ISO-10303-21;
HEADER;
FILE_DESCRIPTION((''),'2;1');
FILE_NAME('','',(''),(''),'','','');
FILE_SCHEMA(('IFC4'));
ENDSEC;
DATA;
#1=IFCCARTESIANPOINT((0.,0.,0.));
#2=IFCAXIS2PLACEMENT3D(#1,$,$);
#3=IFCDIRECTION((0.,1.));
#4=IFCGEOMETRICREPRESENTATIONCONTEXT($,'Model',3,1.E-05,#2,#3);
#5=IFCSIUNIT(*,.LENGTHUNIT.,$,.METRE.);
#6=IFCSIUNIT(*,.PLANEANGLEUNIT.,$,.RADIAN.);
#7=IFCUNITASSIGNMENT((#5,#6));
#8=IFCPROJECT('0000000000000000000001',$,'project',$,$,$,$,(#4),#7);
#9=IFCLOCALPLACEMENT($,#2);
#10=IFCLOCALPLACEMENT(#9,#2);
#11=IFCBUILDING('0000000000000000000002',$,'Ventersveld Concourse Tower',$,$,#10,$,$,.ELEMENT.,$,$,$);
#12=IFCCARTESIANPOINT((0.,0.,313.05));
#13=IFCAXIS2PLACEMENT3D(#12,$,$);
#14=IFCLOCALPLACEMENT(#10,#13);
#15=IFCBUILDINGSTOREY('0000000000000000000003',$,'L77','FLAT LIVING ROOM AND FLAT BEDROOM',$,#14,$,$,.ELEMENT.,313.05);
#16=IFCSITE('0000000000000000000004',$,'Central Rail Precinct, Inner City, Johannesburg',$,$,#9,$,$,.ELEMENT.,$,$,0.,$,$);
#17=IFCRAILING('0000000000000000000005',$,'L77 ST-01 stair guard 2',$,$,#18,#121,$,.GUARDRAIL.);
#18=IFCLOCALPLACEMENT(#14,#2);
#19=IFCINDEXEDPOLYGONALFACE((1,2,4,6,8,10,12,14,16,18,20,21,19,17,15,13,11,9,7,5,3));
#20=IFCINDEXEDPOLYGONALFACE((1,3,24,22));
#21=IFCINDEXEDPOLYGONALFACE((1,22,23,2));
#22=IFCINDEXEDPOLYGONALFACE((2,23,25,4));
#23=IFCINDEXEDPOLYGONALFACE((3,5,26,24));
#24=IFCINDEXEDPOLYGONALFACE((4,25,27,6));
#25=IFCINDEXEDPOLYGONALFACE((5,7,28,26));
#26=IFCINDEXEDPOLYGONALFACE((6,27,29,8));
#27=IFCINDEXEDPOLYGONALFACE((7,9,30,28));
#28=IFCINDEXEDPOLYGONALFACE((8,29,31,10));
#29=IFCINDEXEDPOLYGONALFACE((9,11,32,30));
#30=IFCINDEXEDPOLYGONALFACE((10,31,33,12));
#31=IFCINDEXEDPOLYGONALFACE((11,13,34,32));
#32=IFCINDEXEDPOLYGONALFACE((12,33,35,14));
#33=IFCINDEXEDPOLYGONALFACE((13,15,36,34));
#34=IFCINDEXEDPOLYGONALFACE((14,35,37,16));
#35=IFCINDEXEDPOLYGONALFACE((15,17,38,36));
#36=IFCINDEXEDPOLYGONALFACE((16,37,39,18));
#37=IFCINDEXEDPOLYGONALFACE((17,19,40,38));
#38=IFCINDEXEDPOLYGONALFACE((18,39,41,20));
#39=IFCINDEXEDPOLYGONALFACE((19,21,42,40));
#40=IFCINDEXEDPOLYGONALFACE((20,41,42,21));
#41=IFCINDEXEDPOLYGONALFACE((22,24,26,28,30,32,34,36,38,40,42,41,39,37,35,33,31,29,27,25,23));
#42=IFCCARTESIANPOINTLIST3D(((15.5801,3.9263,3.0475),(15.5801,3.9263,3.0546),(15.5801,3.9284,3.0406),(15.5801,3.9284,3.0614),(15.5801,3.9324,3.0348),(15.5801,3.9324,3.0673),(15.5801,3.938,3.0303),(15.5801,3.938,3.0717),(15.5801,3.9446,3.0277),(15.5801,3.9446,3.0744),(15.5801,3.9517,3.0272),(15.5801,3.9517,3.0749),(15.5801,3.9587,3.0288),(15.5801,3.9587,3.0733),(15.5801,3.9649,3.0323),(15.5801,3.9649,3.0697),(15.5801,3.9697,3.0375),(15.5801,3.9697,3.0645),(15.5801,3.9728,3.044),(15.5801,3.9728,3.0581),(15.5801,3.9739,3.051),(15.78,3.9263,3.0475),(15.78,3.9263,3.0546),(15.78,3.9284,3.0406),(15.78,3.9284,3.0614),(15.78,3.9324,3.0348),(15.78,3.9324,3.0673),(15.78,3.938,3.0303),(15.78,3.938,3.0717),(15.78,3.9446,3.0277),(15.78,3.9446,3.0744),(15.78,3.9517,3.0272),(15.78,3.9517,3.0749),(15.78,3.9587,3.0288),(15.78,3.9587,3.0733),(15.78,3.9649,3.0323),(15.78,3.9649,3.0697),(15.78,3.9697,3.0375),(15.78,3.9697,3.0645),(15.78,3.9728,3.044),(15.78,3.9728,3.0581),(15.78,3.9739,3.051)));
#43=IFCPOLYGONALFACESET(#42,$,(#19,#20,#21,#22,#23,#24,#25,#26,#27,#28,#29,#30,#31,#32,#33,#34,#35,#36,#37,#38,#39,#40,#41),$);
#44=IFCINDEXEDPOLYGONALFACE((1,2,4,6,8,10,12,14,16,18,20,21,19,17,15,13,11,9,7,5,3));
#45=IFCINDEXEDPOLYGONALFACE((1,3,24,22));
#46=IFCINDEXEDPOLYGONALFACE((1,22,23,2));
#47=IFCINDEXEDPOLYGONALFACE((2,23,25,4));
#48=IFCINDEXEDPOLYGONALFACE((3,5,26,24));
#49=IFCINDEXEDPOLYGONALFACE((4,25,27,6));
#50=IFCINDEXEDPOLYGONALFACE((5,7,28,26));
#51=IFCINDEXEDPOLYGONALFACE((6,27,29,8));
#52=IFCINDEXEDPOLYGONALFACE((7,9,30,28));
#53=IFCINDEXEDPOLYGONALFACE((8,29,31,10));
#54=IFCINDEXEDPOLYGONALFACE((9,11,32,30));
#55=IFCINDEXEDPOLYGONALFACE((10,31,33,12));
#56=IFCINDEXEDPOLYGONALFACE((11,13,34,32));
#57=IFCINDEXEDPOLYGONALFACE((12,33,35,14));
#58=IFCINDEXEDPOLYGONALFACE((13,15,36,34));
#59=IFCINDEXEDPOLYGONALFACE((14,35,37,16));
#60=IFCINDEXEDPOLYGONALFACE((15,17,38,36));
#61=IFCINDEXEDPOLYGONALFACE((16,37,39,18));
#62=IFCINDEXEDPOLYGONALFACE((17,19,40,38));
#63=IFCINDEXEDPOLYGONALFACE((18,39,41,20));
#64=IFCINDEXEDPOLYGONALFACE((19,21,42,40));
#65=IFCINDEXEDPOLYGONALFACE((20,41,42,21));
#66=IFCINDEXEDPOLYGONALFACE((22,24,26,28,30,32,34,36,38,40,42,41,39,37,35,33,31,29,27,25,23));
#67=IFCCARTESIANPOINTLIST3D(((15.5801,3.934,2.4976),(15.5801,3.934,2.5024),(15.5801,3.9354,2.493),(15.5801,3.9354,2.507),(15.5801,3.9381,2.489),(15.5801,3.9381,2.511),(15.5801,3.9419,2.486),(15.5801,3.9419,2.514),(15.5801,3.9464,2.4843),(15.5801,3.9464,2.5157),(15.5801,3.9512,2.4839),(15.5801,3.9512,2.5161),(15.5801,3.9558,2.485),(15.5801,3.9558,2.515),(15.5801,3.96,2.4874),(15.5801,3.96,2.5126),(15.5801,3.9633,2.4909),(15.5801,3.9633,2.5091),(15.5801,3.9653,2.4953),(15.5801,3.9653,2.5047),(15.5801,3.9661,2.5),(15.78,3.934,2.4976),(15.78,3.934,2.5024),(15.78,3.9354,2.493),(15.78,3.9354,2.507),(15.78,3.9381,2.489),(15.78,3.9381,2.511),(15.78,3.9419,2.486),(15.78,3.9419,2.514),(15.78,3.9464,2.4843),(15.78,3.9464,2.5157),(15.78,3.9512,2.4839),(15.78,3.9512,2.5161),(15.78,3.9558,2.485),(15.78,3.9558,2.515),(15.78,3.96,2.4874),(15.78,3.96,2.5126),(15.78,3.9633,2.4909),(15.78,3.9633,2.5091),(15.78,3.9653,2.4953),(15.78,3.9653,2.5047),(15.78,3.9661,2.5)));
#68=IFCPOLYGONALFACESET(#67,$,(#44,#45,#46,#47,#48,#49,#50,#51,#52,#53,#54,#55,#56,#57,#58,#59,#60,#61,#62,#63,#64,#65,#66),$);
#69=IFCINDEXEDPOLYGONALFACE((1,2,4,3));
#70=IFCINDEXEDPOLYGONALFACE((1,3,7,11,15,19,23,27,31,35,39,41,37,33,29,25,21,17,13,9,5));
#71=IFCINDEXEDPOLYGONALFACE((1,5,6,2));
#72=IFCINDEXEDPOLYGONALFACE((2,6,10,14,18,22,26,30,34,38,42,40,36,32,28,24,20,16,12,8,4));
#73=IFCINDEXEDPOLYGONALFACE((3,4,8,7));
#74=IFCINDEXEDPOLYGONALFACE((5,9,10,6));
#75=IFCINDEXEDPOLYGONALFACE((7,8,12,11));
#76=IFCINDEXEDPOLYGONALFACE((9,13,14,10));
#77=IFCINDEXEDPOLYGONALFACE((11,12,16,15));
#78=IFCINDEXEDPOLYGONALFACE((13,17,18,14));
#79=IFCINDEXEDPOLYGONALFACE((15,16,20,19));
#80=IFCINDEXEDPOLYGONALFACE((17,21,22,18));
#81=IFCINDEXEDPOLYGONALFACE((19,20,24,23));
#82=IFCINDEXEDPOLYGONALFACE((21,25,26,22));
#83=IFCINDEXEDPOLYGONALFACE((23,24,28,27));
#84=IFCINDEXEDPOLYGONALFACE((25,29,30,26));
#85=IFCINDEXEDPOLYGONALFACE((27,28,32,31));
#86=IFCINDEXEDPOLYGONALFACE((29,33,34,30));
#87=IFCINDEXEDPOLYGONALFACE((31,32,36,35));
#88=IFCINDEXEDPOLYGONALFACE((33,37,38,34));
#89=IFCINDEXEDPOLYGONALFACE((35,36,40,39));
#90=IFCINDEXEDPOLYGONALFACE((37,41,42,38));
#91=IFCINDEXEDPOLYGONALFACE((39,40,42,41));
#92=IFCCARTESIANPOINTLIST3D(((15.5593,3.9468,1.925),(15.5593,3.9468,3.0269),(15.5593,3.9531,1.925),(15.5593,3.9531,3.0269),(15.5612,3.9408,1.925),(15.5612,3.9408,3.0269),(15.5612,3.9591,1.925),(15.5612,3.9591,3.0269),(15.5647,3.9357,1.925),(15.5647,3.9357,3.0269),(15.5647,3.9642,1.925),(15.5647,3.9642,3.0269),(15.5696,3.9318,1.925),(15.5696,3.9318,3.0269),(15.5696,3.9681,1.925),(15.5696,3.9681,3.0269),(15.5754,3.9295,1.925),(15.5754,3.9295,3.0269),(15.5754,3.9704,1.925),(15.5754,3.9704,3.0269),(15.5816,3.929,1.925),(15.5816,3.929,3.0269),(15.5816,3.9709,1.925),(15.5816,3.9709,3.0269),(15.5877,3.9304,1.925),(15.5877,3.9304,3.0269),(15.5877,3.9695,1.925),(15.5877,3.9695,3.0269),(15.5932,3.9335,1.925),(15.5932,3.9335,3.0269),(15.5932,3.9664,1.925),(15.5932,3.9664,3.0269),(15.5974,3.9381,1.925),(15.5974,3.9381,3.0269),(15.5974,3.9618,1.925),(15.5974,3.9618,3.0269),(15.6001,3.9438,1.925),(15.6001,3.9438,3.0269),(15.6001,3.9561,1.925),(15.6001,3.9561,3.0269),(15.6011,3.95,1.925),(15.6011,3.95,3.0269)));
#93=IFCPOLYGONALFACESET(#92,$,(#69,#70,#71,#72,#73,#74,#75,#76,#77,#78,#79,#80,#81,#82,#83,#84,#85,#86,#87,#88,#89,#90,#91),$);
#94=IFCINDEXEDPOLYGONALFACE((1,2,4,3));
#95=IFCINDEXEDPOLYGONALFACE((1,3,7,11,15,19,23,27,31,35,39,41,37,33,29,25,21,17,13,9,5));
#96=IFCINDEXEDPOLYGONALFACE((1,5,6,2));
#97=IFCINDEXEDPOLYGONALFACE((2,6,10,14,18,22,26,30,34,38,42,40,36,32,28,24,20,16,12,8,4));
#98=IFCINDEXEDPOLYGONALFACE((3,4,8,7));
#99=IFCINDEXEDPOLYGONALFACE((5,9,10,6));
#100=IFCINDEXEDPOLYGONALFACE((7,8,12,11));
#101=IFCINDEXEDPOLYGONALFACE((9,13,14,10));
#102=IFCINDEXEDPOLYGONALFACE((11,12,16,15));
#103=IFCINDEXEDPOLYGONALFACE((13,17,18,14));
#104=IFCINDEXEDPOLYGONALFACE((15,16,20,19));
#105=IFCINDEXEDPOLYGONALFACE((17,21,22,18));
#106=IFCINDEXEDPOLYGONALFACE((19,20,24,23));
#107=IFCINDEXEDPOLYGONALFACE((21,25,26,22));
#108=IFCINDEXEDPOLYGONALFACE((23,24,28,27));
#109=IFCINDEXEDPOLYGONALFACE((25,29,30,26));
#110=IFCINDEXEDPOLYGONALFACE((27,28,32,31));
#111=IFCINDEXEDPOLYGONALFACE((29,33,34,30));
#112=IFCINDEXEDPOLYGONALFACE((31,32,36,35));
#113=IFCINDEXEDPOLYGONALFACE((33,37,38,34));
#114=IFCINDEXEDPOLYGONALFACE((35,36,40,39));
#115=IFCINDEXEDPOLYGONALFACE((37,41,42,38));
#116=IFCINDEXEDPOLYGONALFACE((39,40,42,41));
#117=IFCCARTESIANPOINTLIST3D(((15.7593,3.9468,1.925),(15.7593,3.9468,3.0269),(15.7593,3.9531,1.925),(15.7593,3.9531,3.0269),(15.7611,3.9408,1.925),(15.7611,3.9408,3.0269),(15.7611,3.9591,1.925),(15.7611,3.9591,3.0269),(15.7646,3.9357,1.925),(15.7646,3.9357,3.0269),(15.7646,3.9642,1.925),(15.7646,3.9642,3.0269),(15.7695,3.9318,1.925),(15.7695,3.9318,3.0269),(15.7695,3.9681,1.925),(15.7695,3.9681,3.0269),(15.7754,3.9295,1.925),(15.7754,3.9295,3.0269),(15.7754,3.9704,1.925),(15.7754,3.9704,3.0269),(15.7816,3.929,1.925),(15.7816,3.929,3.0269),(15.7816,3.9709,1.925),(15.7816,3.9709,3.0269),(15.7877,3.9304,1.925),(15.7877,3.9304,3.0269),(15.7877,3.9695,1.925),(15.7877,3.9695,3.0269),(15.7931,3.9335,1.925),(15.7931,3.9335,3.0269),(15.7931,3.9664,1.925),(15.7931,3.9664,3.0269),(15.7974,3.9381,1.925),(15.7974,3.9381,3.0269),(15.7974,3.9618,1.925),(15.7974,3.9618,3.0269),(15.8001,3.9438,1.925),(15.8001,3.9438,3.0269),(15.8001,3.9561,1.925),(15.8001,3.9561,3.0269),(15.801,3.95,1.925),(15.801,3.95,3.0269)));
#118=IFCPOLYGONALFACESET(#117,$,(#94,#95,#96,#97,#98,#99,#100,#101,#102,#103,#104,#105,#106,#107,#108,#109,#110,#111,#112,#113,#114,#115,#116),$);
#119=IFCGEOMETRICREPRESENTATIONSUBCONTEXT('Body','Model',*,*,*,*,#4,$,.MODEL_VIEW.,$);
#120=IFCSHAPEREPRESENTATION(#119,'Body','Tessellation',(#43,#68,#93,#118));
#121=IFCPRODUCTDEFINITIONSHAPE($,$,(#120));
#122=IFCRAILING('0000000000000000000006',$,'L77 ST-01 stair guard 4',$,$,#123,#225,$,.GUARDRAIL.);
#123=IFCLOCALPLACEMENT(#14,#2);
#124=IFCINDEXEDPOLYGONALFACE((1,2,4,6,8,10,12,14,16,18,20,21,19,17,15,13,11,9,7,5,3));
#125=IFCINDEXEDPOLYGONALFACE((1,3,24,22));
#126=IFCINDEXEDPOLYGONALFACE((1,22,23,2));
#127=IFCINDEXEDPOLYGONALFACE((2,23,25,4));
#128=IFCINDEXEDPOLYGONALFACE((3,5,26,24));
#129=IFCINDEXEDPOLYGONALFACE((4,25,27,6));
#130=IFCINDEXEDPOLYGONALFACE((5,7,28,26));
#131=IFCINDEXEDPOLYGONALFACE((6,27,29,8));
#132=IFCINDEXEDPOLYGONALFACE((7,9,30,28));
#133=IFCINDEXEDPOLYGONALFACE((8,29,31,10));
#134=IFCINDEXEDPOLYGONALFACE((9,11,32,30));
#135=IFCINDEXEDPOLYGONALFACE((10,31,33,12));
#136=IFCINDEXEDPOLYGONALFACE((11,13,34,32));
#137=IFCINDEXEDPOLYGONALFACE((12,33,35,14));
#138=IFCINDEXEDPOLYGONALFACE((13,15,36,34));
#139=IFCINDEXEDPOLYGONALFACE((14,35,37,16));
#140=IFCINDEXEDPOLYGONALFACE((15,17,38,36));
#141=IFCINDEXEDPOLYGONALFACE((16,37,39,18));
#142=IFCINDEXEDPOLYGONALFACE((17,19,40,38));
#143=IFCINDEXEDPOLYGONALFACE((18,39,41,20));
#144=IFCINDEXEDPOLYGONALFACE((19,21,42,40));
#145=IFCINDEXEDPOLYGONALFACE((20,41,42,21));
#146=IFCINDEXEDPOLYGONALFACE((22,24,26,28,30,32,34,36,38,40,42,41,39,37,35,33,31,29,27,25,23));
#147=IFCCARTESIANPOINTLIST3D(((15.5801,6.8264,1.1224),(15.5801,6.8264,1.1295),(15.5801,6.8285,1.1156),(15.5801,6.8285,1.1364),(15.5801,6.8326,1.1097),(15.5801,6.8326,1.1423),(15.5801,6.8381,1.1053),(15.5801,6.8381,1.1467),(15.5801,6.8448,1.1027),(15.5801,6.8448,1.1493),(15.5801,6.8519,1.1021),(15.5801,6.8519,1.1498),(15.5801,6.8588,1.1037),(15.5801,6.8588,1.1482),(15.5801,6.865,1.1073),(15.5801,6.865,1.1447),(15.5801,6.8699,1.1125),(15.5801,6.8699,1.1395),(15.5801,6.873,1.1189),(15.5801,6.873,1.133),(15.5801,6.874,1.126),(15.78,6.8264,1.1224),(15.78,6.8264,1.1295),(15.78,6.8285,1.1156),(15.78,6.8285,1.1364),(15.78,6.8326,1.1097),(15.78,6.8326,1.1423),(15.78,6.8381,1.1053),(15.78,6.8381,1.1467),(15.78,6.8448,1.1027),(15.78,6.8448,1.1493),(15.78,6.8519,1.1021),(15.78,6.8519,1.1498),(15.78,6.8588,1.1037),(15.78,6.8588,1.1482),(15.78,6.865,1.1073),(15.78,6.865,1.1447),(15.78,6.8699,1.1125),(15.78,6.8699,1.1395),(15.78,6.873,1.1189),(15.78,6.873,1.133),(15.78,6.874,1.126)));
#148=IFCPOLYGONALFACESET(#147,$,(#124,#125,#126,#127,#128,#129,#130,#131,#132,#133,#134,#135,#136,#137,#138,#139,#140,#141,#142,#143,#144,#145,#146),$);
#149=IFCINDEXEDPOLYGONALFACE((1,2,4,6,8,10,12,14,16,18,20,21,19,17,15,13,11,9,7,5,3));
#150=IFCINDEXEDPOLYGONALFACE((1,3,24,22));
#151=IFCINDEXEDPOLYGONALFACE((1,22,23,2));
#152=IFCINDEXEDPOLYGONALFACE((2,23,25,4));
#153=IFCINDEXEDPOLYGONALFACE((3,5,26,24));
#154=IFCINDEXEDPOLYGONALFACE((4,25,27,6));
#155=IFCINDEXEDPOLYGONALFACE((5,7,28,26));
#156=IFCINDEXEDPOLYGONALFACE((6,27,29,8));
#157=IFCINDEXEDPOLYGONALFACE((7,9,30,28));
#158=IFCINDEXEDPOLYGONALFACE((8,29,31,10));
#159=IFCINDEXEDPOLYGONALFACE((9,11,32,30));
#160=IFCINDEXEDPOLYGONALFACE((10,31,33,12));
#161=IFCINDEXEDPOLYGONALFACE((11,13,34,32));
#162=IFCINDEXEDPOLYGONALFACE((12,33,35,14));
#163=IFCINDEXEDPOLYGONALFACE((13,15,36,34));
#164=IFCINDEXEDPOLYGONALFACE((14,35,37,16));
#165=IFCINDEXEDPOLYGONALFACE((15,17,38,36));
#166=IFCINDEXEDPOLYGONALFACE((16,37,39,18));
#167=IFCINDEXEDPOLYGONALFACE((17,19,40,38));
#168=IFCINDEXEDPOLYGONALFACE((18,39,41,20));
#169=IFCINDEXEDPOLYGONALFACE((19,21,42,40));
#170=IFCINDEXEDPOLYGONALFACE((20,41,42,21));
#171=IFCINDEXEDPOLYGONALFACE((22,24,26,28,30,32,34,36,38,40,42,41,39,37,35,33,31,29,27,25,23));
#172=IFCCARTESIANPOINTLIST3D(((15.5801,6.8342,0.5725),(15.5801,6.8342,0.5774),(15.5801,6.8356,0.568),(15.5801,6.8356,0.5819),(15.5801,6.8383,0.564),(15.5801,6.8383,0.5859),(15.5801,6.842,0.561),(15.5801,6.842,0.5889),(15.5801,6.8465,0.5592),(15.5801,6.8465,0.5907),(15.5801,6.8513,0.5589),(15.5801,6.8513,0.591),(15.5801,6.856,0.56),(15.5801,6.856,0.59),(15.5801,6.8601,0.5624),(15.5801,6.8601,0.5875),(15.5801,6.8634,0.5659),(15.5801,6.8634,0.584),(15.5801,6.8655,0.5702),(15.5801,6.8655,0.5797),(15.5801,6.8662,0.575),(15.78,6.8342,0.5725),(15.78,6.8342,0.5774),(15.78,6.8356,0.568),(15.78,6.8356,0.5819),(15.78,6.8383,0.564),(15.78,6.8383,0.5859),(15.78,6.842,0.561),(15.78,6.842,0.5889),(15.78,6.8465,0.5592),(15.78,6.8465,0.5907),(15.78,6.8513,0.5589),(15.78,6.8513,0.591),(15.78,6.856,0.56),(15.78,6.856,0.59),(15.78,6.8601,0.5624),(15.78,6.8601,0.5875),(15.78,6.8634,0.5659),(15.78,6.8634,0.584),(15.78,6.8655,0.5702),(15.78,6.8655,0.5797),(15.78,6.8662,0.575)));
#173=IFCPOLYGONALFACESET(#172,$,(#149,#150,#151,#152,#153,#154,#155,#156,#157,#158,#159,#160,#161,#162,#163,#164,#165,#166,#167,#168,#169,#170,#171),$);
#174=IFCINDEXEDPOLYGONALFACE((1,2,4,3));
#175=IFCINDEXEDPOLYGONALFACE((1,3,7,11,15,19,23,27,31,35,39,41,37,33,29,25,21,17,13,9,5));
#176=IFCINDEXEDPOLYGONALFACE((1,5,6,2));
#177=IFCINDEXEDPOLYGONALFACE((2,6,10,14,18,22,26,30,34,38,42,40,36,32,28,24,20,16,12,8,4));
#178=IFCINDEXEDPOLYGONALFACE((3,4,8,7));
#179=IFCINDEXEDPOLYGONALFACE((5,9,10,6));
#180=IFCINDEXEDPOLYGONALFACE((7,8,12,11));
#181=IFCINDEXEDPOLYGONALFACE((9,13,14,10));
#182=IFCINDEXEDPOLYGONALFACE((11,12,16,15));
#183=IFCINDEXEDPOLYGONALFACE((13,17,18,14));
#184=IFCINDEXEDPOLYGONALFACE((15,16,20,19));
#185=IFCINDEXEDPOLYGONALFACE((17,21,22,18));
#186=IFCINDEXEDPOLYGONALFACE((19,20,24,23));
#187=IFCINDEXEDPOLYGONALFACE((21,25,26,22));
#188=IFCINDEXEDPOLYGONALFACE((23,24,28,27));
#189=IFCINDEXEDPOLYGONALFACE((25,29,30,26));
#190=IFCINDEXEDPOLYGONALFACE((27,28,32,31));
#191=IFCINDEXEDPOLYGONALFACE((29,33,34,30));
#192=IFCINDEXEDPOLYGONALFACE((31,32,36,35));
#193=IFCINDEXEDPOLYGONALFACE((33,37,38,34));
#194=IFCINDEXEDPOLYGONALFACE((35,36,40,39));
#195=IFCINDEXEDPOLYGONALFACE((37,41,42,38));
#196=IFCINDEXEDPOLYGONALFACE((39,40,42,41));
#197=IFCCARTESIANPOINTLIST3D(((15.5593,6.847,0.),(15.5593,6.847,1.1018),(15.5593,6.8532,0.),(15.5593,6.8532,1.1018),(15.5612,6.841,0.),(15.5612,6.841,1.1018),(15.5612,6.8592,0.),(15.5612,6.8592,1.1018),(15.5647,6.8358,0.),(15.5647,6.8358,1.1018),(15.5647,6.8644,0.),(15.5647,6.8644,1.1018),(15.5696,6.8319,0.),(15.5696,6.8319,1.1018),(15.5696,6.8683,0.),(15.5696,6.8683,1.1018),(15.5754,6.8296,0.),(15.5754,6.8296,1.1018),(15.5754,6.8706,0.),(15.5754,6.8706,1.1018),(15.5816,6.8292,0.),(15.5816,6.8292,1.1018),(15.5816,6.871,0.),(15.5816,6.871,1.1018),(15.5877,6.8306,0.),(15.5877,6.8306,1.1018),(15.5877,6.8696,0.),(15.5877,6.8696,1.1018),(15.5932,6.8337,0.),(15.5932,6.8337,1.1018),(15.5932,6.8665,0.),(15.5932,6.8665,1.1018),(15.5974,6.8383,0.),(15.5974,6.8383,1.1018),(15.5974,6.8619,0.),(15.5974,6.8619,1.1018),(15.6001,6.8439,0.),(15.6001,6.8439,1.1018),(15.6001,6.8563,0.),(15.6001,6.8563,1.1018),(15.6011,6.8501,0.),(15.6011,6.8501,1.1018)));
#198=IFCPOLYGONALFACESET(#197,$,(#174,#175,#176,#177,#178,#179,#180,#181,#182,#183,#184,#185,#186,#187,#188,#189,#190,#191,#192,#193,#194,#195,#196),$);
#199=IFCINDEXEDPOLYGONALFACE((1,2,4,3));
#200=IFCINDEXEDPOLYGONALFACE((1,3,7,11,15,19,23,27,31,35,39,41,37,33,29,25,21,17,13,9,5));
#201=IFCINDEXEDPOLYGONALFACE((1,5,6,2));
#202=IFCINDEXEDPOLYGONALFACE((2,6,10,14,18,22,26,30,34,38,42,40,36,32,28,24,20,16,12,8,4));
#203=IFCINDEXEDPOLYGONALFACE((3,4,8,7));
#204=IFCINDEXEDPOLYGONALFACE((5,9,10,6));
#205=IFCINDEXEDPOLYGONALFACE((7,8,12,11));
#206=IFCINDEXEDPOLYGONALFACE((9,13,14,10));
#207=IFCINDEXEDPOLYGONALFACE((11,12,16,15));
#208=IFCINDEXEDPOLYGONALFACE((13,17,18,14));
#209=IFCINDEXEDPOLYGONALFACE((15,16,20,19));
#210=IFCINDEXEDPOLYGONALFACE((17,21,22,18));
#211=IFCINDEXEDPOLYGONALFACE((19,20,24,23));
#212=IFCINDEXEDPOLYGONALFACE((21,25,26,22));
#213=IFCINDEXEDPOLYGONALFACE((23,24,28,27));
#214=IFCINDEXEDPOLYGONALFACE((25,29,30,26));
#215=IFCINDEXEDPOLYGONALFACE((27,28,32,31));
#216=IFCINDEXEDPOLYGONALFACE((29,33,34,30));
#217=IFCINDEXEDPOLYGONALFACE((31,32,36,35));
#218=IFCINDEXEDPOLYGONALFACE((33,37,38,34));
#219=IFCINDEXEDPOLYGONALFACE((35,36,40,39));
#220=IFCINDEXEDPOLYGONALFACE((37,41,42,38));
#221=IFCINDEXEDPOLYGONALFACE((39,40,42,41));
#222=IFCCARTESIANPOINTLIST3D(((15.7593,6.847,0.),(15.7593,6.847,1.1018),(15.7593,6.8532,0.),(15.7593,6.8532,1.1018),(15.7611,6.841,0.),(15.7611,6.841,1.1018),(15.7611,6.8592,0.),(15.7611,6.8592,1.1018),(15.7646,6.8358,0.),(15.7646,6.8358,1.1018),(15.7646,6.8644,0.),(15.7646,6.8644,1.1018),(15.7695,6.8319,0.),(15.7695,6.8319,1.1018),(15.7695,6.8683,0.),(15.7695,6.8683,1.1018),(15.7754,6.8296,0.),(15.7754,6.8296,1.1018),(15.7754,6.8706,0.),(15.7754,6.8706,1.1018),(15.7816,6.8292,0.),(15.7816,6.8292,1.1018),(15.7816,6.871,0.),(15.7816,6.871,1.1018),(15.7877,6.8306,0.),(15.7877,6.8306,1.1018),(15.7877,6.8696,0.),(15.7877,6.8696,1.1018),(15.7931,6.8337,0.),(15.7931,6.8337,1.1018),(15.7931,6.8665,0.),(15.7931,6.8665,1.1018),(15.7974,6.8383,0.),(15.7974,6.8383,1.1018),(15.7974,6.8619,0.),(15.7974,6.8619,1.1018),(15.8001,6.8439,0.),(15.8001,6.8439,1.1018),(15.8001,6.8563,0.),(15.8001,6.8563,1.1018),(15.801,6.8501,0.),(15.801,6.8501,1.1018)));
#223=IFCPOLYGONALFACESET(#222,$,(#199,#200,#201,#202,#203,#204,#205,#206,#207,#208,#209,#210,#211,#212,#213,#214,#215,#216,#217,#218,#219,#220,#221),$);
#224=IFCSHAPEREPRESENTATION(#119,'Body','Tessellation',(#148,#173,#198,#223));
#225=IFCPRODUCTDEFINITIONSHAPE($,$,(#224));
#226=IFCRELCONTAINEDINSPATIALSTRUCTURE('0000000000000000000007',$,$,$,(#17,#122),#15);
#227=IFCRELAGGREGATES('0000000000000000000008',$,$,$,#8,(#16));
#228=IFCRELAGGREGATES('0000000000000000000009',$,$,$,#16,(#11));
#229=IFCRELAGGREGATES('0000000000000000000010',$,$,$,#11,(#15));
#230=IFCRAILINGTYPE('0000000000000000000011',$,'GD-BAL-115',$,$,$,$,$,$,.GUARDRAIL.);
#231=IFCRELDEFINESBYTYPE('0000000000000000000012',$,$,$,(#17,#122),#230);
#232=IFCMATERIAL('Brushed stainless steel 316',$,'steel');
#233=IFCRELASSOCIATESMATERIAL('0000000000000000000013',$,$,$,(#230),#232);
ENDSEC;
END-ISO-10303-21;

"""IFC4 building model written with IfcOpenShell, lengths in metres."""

from ifc_helpers import new_model, si_unit, direction, frame, origin, origin_2d, place, context, subcontext, project, spatial, circle, extrude, material, type_object, element, save


model = new_model("IFC4")

# Units and contexts
model_context = context("Model", 3, precision=1e-05, world=origin(), true_north=direction((0.0, 1.0)))
body_context = subcontext(model_context, "Body", "Model", "MODEL_VIEW")
ifc_project = project(units=[si_unit("LENGTHUNIT", "METRE"), si_unit("PLANEANGLEUNIT", "RADIAN")], contexts=[model_context])

# Site, building, storey
site_placement = place(None, origin())
site = spatial("IfcSite", under=ifc_project, at=site_placement, Name="Central Rail Precinct, Inner City, Johannesburg", CompositionType="ELEMENT", RefElevation=0.0)
building_placement = place(site_placement, origin())
building = spatial("IfcBuilding", under=site, at=building_placement, Name="Ventersveld Concourse Tower", CompositionType="ELEMENT")
storey_placement = place(building_placement, frame((0.0, 0.0, 313.05)))
storey = spatial("IfcBuildingStorey", under=building, at=storey_placement, Name="L77", Description="FLAT LIVING ROOM AND FLAT BEDROOM", CompositionType="ELEMENT", Elevation=313.05)

# Railings
ifc_material_1 = material(Name="Brushed stainless steel 316", Category="steel")
railing_type_1 = type_object("IfcRailingType", Name="GD-BAL-115", PredefinedType="GUARDRAIL", material=ifc_material_1)
for number, where, name in (
    (1, (15.5801, 3.95, 1.925), "L77 ST-01 stair guard 2"),
    (2, (15.5801, 6.8501, 0.0), "L77 ST-01 stair guard 4"),
):
    element("IfcRailing", number, at=place(storey_placement, frame(where)), inside=storey, type_object=railing_type_1, Name=name, PredefinedType="GUARDRAIL", context=body_context, shape_type="SweptSolid", body=[
        extrude(circle(Radius=0.0239, at=origin_2d()), frame((0.0, 0.0, 1.126), z_axis=(1.0, 0.0, 0.0), x_axis=(0.0, 1.0, 0.0)), (0.0, 0.0, 1.0), 0.2),
        extrude(circle(Radius=0.0161, at=origin_2d()), frame((0.0, 0.0, 0.575), z_axis=(1.0, 0.0, 0.0), x_axis=(0.0, 1.0, 0.0)), (0.0, 0.0, 1.0), 0.2),
        extrude(circle(Radius=0.021, at=origin_2d()), origin(), (0.0, 0.0, 1.0), 1.1018),
        extrude(circle(Radius=0.021, at=origin_2d()), frame((0.2, 0.0, 0.0)), (0.0, 0.0, 1.0), 1.1018),
    ])

save(model, "model.ifc")
